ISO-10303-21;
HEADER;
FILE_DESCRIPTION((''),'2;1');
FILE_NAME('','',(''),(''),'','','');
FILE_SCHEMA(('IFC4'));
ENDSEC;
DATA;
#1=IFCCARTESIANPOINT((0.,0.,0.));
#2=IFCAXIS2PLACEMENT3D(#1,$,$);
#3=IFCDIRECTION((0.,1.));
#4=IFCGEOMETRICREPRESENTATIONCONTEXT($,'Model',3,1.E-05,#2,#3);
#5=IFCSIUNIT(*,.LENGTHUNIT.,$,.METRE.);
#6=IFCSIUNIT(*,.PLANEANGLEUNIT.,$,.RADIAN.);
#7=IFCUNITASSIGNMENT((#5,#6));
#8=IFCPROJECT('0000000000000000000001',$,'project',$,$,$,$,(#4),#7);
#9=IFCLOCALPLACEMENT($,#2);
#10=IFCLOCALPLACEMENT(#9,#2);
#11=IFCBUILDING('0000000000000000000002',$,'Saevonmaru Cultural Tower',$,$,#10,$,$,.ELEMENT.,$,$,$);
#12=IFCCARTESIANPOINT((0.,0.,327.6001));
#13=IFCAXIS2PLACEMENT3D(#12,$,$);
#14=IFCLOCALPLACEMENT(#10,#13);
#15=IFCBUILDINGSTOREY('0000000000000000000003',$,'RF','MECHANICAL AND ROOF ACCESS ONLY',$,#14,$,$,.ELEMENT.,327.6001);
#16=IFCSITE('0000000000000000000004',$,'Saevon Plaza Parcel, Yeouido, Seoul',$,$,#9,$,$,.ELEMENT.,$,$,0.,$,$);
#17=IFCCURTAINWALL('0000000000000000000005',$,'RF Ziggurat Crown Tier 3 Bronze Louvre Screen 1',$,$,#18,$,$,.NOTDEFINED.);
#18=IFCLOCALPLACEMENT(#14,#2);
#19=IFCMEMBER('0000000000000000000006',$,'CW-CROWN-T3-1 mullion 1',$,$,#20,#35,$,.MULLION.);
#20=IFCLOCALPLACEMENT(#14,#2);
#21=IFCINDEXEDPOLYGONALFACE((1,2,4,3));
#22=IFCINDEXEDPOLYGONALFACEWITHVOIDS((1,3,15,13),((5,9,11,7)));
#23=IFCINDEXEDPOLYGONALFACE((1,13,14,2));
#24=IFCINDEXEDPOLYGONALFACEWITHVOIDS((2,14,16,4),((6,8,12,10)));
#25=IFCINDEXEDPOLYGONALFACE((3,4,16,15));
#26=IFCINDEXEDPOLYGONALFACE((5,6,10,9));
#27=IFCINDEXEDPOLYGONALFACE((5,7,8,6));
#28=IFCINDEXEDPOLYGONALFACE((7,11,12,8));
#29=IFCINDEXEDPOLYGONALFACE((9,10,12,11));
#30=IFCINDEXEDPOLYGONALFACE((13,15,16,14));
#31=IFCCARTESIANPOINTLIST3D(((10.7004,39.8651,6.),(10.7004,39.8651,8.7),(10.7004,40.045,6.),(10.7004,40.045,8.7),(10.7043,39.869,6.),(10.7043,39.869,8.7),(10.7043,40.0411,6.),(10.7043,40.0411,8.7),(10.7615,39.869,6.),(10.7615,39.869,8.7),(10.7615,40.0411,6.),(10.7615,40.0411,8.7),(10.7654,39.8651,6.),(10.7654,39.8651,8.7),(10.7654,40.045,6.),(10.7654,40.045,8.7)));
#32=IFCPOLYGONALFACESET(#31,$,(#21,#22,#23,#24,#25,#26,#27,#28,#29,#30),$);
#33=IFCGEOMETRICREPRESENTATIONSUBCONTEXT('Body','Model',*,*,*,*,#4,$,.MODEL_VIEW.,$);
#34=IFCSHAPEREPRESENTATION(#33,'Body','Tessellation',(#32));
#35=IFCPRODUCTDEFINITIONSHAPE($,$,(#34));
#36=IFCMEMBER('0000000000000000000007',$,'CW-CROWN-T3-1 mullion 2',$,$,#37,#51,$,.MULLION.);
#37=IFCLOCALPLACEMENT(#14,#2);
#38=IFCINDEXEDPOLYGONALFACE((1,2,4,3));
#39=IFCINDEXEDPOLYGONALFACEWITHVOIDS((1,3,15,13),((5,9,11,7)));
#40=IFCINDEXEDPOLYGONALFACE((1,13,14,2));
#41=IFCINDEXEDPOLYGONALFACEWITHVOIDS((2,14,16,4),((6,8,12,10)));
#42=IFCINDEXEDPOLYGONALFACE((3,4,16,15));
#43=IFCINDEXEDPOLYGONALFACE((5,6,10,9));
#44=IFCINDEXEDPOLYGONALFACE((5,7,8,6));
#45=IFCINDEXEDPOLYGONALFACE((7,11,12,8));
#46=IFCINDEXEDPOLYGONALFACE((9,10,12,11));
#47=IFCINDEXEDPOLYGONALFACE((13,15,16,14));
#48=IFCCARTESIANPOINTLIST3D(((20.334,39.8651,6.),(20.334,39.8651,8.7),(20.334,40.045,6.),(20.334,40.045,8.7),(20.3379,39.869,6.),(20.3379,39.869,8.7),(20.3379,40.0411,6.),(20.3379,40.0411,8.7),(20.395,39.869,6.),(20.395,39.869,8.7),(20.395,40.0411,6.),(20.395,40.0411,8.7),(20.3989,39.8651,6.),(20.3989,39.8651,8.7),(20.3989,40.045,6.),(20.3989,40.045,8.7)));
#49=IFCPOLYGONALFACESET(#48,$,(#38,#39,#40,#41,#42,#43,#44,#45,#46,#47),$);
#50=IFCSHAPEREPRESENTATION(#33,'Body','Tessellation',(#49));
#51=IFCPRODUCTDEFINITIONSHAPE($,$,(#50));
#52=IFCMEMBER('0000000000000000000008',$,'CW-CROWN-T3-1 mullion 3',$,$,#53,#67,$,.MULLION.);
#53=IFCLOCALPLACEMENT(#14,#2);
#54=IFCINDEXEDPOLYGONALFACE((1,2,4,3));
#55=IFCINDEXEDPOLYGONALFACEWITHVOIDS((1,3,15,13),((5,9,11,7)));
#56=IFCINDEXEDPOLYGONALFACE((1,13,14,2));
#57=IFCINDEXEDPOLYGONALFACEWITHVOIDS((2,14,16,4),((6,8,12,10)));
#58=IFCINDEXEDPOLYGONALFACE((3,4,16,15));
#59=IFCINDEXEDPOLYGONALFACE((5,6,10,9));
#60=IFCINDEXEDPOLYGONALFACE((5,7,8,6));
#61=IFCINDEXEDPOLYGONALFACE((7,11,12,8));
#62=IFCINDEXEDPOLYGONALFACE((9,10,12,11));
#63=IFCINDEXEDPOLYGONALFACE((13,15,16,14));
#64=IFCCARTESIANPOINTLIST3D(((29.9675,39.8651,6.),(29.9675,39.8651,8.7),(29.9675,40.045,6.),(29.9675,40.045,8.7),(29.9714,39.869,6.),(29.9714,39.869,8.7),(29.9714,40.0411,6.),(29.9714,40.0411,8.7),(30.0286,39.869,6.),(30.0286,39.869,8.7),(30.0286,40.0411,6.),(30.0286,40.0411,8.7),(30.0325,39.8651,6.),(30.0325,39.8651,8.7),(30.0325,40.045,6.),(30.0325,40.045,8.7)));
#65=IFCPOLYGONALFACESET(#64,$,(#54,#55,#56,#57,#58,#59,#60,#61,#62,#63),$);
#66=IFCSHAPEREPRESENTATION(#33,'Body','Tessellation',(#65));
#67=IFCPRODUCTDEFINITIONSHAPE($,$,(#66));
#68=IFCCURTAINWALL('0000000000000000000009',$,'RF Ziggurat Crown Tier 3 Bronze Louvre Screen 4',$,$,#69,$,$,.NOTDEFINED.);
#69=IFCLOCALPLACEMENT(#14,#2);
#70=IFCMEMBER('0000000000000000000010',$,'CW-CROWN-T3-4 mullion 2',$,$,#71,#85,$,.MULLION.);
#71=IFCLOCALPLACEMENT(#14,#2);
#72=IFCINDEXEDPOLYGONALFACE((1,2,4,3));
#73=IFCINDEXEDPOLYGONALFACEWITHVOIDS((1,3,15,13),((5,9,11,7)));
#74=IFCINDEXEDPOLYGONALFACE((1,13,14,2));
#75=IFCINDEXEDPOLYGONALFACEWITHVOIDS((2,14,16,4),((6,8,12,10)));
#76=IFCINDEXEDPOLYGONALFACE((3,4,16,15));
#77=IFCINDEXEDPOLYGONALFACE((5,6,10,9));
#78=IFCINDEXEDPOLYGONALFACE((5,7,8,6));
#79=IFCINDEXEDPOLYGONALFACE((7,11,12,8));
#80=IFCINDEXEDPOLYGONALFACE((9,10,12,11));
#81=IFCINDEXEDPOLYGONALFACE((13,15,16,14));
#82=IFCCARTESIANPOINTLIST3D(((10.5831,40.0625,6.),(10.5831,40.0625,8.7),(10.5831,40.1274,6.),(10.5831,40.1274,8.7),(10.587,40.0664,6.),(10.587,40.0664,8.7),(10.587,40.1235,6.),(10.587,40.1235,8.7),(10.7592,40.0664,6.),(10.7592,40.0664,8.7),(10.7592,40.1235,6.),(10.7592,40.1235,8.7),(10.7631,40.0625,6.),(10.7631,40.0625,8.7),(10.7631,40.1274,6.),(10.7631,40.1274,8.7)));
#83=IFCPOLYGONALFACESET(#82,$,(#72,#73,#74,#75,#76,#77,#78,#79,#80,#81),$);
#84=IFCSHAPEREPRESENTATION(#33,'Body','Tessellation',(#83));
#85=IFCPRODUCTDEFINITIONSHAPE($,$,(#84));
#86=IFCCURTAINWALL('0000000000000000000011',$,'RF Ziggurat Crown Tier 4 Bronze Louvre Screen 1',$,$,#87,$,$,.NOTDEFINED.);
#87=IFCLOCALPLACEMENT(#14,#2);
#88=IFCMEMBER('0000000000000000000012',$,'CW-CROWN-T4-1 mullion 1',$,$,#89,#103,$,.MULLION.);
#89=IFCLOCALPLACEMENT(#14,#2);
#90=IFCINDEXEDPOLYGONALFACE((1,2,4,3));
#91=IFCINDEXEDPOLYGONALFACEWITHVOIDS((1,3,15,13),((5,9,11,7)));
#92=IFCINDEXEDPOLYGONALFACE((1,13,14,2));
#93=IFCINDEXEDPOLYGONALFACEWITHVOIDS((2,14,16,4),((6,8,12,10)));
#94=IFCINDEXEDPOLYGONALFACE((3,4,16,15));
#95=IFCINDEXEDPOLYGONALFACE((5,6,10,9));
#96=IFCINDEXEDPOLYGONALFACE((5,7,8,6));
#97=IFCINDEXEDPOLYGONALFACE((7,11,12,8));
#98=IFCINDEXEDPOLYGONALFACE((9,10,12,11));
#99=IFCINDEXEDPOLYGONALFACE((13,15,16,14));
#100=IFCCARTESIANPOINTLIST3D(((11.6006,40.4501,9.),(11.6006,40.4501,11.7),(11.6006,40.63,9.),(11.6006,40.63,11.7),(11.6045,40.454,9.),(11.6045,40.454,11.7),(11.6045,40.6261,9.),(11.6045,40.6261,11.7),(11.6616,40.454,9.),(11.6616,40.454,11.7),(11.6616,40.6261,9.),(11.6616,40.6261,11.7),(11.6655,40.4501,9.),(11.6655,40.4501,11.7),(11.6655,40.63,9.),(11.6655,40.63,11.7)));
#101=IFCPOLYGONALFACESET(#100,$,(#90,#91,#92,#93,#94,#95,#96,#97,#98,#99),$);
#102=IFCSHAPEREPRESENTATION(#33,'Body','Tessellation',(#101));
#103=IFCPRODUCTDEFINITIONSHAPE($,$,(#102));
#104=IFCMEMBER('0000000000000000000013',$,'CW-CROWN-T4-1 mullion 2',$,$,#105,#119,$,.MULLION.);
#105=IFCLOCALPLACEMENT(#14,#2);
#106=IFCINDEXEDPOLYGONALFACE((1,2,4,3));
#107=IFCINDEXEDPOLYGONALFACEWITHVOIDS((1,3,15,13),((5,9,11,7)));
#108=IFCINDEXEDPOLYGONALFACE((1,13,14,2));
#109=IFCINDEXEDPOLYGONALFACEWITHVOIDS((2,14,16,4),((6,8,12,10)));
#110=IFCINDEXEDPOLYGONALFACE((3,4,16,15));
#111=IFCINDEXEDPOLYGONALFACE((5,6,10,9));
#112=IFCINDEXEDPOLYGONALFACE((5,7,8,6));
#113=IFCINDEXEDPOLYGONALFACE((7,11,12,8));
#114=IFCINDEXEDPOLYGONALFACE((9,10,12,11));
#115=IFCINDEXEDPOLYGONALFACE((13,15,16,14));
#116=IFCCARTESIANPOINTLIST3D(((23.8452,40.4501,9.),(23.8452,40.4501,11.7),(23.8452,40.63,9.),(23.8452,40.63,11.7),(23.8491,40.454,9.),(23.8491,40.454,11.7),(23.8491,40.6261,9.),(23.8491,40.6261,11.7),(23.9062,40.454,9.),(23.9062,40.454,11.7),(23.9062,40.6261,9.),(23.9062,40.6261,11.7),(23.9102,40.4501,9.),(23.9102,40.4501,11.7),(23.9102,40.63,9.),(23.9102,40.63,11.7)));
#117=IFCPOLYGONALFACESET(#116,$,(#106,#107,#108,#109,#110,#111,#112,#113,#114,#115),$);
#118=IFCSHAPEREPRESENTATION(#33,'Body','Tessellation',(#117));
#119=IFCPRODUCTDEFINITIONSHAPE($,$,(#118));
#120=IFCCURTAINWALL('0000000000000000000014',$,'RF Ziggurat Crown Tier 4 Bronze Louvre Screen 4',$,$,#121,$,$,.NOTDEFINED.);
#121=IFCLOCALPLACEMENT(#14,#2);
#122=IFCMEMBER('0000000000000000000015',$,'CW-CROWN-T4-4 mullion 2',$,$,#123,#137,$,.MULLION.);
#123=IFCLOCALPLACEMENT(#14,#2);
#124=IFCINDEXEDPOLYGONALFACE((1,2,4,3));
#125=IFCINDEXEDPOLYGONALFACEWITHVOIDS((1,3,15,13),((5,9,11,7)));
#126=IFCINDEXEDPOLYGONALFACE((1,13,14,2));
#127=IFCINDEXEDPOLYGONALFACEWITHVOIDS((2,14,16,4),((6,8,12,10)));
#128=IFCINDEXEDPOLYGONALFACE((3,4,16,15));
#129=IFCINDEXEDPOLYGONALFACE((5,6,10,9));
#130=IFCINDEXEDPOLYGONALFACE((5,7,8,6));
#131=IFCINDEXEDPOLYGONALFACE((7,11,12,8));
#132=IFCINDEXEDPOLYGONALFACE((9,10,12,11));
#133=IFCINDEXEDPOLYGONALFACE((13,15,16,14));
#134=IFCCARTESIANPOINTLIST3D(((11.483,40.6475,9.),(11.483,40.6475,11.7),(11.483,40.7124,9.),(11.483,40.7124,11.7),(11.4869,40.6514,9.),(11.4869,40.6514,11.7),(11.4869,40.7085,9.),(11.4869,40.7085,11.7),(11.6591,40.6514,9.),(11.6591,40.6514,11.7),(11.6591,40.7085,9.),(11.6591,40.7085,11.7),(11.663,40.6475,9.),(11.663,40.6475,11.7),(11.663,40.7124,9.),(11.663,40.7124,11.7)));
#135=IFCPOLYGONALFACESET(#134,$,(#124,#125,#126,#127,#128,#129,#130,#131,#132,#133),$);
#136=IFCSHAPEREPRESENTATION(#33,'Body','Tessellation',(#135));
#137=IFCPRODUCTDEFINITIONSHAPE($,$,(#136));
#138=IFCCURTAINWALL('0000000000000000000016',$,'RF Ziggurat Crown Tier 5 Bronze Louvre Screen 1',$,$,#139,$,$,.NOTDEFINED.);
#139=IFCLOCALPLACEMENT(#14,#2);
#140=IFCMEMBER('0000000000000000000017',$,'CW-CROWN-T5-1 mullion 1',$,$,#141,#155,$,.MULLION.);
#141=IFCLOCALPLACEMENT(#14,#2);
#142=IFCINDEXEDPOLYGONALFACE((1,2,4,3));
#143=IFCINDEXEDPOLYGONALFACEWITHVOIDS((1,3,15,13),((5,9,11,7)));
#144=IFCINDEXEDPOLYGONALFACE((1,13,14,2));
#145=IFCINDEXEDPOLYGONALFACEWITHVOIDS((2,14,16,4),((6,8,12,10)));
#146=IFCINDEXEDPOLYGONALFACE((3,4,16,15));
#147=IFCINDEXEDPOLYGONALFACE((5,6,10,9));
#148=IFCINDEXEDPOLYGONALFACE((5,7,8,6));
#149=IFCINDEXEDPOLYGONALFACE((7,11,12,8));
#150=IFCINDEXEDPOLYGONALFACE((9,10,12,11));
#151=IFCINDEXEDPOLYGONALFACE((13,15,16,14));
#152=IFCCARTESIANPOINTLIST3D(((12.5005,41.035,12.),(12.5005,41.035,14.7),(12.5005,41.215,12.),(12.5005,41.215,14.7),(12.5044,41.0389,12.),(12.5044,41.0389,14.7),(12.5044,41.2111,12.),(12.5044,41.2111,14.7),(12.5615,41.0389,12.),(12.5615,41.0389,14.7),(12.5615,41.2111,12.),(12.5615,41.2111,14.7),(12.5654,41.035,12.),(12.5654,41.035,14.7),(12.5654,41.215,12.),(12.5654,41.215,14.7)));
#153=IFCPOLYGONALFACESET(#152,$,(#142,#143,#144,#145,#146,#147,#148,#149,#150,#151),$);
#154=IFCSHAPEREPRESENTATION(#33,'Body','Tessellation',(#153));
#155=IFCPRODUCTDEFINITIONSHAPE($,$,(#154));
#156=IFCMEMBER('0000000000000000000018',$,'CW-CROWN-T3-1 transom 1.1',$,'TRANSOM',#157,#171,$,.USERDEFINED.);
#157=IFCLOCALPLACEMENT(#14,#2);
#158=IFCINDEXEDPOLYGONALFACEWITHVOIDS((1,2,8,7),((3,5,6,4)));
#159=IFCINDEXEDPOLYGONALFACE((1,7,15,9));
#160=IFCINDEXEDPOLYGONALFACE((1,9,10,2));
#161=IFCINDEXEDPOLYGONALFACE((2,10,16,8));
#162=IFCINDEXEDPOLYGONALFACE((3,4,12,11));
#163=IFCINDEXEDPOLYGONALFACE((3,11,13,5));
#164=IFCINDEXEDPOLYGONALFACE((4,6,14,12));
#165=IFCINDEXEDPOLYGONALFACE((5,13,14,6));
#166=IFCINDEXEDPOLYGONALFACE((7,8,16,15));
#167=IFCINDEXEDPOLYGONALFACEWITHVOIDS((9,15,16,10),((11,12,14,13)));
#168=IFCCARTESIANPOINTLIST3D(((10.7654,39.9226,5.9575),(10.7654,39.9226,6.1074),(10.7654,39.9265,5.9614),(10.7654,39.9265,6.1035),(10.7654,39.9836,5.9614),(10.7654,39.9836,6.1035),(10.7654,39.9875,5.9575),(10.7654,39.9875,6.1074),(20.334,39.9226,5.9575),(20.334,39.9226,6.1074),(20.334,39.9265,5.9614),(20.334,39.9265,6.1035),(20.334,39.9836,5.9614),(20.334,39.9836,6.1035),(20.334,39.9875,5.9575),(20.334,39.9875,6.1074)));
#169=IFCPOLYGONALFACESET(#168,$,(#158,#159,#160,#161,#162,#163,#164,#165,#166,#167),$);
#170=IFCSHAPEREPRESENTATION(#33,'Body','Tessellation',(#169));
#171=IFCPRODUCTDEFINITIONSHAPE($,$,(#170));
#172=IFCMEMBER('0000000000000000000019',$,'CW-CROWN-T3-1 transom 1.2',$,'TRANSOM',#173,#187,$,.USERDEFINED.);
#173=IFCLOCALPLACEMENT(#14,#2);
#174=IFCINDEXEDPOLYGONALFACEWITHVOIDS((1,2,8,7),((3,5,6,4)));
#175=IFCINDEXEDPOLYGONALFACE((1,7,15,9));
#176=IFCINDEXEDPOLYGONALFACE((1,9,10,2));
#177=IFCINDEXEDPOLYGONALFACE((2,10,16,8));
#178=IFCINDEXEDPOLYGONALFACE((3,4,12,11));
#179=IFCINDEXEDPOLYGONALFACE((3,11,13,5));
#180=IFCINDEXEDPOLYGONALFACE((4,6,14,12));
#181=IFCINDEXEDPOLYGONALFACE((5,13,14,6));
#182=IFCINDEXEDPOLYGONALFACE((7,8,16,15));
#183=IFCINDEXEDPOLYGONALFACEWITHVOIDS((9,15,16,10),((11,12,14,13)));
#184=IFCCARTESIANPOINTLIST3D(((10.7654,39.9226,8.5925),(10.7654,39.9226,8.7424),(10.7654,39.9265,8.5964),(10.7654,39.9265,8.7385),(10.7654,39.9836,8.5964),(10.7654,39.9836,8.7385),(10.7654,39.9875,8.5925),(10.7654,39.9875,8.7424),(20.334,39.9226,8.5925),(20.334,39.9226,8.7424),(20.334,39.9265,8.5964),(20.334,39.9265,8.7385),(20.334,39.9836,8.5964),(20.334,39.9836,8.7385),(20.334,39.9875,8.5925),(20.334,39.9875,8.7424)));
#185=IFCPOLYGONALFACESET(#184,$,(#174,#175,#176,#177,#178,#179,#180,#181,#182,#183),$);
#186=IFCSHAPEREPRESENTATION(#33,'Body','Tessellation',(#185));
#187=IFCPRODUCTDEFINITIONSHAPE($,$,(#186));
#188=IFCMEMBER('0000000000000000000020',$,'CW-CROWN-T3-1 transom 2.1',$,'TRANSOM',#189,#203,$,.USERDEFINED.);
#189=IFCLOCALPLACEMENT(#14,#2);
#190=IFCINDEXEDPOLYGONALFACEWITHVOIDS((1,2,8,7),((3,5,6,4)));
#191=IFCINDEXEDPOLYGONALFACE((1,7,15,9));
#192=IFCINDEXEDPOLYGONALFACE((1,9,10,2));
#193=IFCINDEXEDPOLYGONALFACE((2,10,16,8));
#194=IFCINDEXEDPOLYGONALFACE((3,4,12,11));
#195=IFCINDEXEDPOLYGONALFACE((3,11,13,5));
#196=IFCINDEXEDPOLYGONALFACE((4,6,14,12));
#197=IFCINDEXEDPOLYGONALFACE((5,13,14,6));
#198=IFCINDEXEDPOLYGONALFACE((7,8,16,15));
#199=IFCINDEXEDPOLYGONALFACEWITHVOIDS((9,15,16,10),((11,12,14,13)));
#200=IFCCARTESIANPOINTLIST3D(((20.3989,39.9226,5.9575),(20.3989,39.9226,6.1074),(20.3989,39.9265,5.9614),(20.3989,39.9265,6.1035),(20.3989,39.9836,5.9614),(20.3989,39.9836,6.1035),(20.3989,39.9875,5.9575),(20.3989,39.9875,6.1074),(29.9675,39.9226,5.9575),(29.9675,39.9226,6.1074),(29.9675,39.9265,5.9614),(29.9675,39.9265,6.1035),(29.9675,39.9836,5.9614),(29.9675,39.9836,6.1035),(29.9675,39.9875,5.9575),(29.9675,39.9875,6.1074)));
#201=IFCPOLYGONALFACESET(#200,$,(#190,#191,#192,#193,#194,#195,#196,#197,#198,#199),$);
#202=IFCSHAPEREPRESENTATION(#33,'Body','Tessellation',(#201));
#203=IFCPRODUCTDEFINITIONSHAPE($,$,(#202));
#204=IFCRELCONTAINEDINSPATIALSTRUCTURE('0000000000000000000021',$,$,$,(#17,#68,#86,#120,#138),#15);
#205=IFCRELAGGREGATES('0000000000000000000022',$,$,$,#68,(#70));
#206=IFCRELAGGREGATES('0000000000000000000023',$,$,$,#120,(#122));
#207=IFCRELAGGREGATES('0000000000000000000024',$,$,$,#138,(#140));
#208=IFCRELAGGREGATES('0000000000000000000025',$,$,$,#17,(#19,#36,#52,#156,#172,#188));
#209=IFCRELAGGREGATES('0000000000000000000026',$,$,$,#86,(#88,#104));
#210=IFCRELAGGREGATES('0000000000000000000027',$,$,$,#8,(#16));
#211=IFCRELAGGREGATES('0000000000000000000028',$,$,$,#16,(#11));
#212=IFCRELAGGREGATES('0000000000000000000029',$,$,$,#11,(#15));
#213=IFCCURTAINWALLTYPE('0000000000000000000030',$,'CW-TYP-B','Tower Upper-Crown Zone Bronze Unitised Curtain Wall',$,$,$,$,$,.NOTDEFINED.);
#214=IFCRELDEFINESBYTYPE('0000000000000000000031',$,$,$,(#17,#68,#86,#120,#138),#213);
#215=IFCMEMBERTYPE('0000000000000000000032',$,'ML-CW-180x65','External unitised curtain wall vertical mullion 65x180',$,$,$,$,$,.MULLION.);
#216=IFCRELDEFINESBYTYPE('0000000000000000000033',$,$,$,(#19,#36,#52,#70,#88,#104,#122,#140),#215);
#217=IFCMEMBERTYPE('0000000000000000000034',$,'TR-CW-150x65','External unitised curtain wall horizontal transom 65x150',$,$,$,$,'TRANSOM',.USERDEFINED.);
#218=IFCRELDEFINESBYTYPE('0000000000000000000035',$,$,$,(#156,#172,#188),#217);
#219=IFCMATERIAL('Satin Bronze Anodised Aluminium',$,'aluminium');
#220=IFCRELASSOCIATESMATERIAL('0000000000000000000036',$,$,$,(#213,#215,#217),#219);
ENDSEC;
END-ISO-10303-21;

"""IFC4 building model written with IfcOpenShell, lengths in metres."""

from ifc_helpers import new_model, si_unit, direction, frame, origin, origin_2d, place, context, subcontext, project, spatial, hollow_rectangle, extrude, material, material_profile, profile_set, type_object, element, aggregate, save


model = new_model("IFC4")

# Units and contexts
model_context = context("Model", 3, precision=1e-05, world=origin(), true_north=direction((0.0, 1.0)))
body_context = subcontext(model_context, "Body", "Model", "MODEL_VIEW")
ifc_project = project(units=[si_unit("LENGTHUNIT", "METRE"), si_unit("PLANEANGLEUNIT", "RADIAN")], contexts=[model_context])

# Site, building, storey
site_placement = place(None, origin())
site = spatial("IfcSite", under=ifc_project, at=site_placement, Name="Saevon Plaza Parcel, Yeouido, Seoul", CompositionType="ELEMENT", RefElevation=0.0)
building_placement = place(site_placement, origin())
building = spatial("IfcBuilding", under=site, at=building_placement, Name="Saevonmaru Cultural Tower", CompositionType="ELEMENT")
storey_placement = place(building_placement, frame((0.0, 0.0, 327.6001)))
storey = spatial("IfcBuildingStorey", under=building, at=storey_placement, Name="RF", Description="MECHANICAL AND ROOF ACCESS ONLY", CompositionType="ELEMENT", Elevation=327.6001)

# Curtain wall, members
ifc_material_1 = material(Name="Satin Bronze Anodised Aluminium", Category="aluminium")
curtain_wall_type = type_object("IfcCurtainWallType", Name="CW-TYP-B", Description="Tower Upper-Crown Zone Bronze Unitised Curtain Wall", PredefinedType="NOTDEFINED", material=ifc_material_1)
curtain_wall_1_placement = place(storey_placement, origin())
curtain_wall_1 = element("IfcCurtainWall", 1, at=curtain_wall_1_placement, inside=storey, type_object=curtain_wall_type, Name="RF Ziggurat Crown Tier 3 Bronze Louvre Screen 1", PredefinedType="NOTDEFINED")
ifc_material_profile_1 = material_profile(ifc_material_1, hollow_rectangle(XDim=0.0649, YDim=0.1799, WallThickness=0.0039, at=origin_2d()), Name="ALU-MULL-180x65x4")
ifc_profile_set_1 = profile_set([ifc_material_profile_1], Name="Satin Bronze Anodised Aluminium")
member_type_1 = type_object("IfcMemberType", Name="ML-CW-180x65", Description="External unitised curtain wall vertical mullion 65x180", PredefinedType="MULLION", material=ifc_profile_set_1)
member_1_placement = place(storey_placement, frame((10.7329, 39.9551, 6.0), z_axis=(0.0, 0.0, 1.0), x_axis=(1.0, 0.0, 0.0)))
member_1 = element("IfcMember", 2, at=member_1_placement, type_object=member_type_1, Name="CW-CROWN-T3-1 mullion 1", PredefinedType="MULLION", context=body_context, shape_type="SweptSolid", body=[
    extrude(hollow_rectangle(XDim=0.0649, YDim=0.1799, WallThickness=0.0039, at=origin_2d()), origin(), (0.0, 0.0, 1.0), 2.7),
])
member_2_placement = place(storey_placement, frame((20.3665, 39.9551, 6.0), z_axis=(0.0, 0.0, 1.0), x_axis=(1.0, 0.0, 0.0)))
member_2 = element("IfcMember", 3, at=member_2_placement, type_object=member_type_1, Name="CW-CROWN-T3-1 mullion 2", PredefinedType="MULLION", context=body_context, shape_type="SweptSolid", body=[
    extrude(hollow_rectangle(XDim=0.0649, YDim=0.1799, WallThickness=0.0039, at=origin_2d()), origin(), (0.0, 0.0, 1.0), 2.7),
])
member_3_placement = place(storey_placement, frame((30.0, 39.9551, 6.0), z_axis=(0.0, 0.0, 1.0), x_axis=(1.0, 0.0, 0.0)))
member_3 = element("IfcMember", 4, at=member_3_placement, type_object=member_type_1, Name="CW-CROWN-T3-1 mullion 3", PredefinedType="MULLION", context=body_context, shape_type="SweptSolid", body=[
    extrude(hollow_rectangle(XDim=0.0649, YDim=0.1799, WallThickness=0.0039, at=origin_2d()), origin(), (0.0, 0.0, 1.0), 2.7),
])

# Curtain wall, member
curtain_wall_2_placement = place(storey_placement, origin())
curtain_wall_2 = element("IfcCurtainWall", 5, at=curtain_wall_2_placement, inside=storey, type_object=curtain_wall_type, Name="RF Ziggurat Crown Tier 3 Bronze Louvre Screen 4", PredefinedType="NOTDEFINED")
member_4_placement = place(storey_placement, frame((10.6731, 40.095, 6.0), z_axis=(0.0, 0.0, 1.0), x_axis=(0.0, -1.0, 0.0)))
member_4 = element("IfcMember", 6, at=member_4_placement, type_object=member_type_1, Name="CW-CROWN-T3-4 mullion 2", PredefinedType="MULLION", context=body_context, shape_type="SweptSolid", body=[
    extrude(hollow_rectangle(XDim=0.0649, YDim=0.1799, WallThickness=0.0039, at=origin_2d()), origin(), (0.0, 0.0, 1.0), 2.7),
])
aggregate(curtain_wall_2, [member_4])

# Curtain wall, members
curtain_wall_3_placement = place(storey_placement, origin())
curtain_wall_3 = element("IfcCurtainWall", 7, at=curtain_wall_3_placement, inside=storey, type_object=curtain_wall_type, Name="RF Ziggurat Crown Tier 4 Bronze Louvre Screen 1", PredefinedType="NOTDEFINED")
member_5_placement = place(storey_placement, frame((11.6331, 40.54, 9.0), z_axis=(0.0, 0.0, 1.0), x_axis=(1.0, 0.0, 0.0)))
member_5 = element("IfcMember", 8, at=member_5_placement, type_object=member_type_1, Name="CW-CROWN-T4-1 mullion 1", PredefinedType="MULLION", context=body_context, shape_type="SweptSolid", body=[
    extrude(hollow_rectangle(XDim=0.0649, YDim=0.1799, WallThickness=0.0039, at=origin_2d()), origin(), (0.0, 0.0, 1.0), 2.7),
])
member_6_placement = place(storey_placement, frame((23.8777, 40.54, 9.0), z_axis=(0.0, 0.0, 1.0), x_axis=(1.0, 0.0, 0.0)))
member_6 = element("IfcMember", 9, at=member_6_placement, type_object=member_type_1, Name="CW-CROWN-T4-1 mullion 2", PredefinedType="MULLION", context=body_context, shape_type="SweptSolid", body=[
    extrude(hollow_rectangle(XDim=0.0649, YDim=0.1799, WallThickness=0.0039, at=origin_2d()), origin(), (0.0, 0.0, 1.0), 2.7),
])

# Curtain walls, members
curtain_wall_4_placement = place(storey_placement, origin())
curtain_wall_4 = element("IfcCurtainWall", 10, at=curtain_wall_4_placement, inside=storey, type_object=curtain_wall_type, Name="RF Ziggurat Crown Tier 4 Bronze Louvre Screen 4", PredefinedType="NOTDEFINED")
member_7_placement = place(storey_placement, frame((11.573, 40.6799, 9.0), z_axis=(0.0, 0.0, 1.0), x_axis=(0.0, -1.0, 0.0)))
member_7 = element("IfcMember", 11, at=member_7_placement, type_object=member_type_1, Name="CW-CROWN-T4-4 mullion 2", PredefinedType="MULLION", context=body_context, shape_type="SweptSolid", body=[
    extrude(hollow_rectangle(XDim=0.0649, YDim=0.1799, WallThickness=0.0039, at=origin_2d()), origin(), (0.0, 0.0, 1.0), 2.7),
])
aggregate(curtain_wall_4, [member_7])
curtain_wall_5_placement = place(storey_placement, origin())
curtain_wall_5 = element("IfcCurtainWall", 12, at=curtain_wall_5_placement, inside=storey, type_object=curtain_wall_type, Name="RF Ziggurat Crown Tier 5 Bronze Louvre Screen 1", PredefinedType="NOTDEFINED")
member_8_placement = place(storey_placement, frame((12.533, 41.125, 12.0), z_axis=(0.0, 0.0, 1.0), x_axis=(1.0, 0.0, 0.0)))
member_8 = element("IfcMember", 13, at=member_8_placement, type_object=member_type_1, Name="CW-CROWN-T5-1 mullion 1", PredefinedType="MULLION", context=body_context, shape_type="SweptSolid", body=[
    extrude(hollow_rectangle(XDim=0.0649, YDim=0.1799, WallThickness=0.0039, at=origin_2d()), origin(), (0.0, 0.0, 1.0), 2.7),
])

# Members
ifc_material_profile_2 = material_profile(ifc_material_1, hollow_rectangle(XDim=0.0649, YDim=0.1499, WallThickness=0.0039, at=origin_2d()), Name="ALU-TRAN-150x65x4")
ifc_profile_set_2 = profile_set([ifc_material_profile_2], Name="Satin Bronze Anodised Aluminium")
member_type_2 = type_object("IfcMemberType", Name="TR-CW-150x65", Description="External unitised curtain wall horizontal transom 65x150", ElementType="TRANSOM", PredefinedType="USERDEFINED", material=ifc_profile_set_2)
member_9_placement = place(storey_placement, frame((10.7654, 39.9551, 6.0325), z_axis=(1.0, 0.0, 0.0), x_axis=(0.0, 1.0, 0.0)))
member_9 = element("IfcMember", 14, at=member_9_placement, type_object=member_type_2, Name="CW-CROWN-T3-1 transom 1.1", ObjectType="TRANSOM", PredefinedType="USERDEFINED", context=body_context, shape_type="SweptSolid", body=[
    extrude(hollow_rectangle(XDim=0.0649, YDim=0.1499, WallThickness=0.0039, at=origin_2d()), origin(), (0.0, 0.0, 1.0), 9.5686),
])
member_10_placement = place(storey_placement, frame((10.7654, 39.9551, 8.6675), z_axis=(1.0, 0.0, 0.0), x_axis=(0.0, 1.0, 0.0)))
member_10 = element("IfcMember", 15, at=member_10_placement, type_object=member_type_2, Name="CW-CROWN-T3-1 transom 1.2", ObjectType="TRANSOM", PredefinedType="USERDEFINED", context=body_context, shape_type="SweptSolid", body=[
    extrude(hollow_rectangle(XDim=0.0649, YDim=0.1499, WallThickness=0.0039, at=origin_2d()), origin(), (0.0, 0.0, 1.0), 9.5686),
])
member_11_placement = place(storey_placement, frame((20.3989, 39.9551, 6.0325), z_axis=(1.0, 0.0, 0.0), x_axis=(0.0, 1.0, 0.0)))
member_11 = element("IfcMember", 16, at=member_11_placement, type_object=member_type_2, Name="CW-CROWN-T3-1 transom 2.1", ObjectType="TRANSOM", PredefinedType="USERDEFINED", context=body_context, shape_type="SweptSolid", body=[
    extrude(hollow_rectangle(XDim=0.0649, YDim=0.1499, WallThickness=0.0039, at=origin_2d()), origin(), (0.0, 0.0, 1.0), 9.5686),
])
aggregate(curtain_wall_5, [member_8])

aggregate(curtain_wall_1, [member_1, member_2, member_3, member_9, member_10, member_11])
aggregate(curtain_wall_3, [member_5, member_6])

save(model, "model.ifc")
